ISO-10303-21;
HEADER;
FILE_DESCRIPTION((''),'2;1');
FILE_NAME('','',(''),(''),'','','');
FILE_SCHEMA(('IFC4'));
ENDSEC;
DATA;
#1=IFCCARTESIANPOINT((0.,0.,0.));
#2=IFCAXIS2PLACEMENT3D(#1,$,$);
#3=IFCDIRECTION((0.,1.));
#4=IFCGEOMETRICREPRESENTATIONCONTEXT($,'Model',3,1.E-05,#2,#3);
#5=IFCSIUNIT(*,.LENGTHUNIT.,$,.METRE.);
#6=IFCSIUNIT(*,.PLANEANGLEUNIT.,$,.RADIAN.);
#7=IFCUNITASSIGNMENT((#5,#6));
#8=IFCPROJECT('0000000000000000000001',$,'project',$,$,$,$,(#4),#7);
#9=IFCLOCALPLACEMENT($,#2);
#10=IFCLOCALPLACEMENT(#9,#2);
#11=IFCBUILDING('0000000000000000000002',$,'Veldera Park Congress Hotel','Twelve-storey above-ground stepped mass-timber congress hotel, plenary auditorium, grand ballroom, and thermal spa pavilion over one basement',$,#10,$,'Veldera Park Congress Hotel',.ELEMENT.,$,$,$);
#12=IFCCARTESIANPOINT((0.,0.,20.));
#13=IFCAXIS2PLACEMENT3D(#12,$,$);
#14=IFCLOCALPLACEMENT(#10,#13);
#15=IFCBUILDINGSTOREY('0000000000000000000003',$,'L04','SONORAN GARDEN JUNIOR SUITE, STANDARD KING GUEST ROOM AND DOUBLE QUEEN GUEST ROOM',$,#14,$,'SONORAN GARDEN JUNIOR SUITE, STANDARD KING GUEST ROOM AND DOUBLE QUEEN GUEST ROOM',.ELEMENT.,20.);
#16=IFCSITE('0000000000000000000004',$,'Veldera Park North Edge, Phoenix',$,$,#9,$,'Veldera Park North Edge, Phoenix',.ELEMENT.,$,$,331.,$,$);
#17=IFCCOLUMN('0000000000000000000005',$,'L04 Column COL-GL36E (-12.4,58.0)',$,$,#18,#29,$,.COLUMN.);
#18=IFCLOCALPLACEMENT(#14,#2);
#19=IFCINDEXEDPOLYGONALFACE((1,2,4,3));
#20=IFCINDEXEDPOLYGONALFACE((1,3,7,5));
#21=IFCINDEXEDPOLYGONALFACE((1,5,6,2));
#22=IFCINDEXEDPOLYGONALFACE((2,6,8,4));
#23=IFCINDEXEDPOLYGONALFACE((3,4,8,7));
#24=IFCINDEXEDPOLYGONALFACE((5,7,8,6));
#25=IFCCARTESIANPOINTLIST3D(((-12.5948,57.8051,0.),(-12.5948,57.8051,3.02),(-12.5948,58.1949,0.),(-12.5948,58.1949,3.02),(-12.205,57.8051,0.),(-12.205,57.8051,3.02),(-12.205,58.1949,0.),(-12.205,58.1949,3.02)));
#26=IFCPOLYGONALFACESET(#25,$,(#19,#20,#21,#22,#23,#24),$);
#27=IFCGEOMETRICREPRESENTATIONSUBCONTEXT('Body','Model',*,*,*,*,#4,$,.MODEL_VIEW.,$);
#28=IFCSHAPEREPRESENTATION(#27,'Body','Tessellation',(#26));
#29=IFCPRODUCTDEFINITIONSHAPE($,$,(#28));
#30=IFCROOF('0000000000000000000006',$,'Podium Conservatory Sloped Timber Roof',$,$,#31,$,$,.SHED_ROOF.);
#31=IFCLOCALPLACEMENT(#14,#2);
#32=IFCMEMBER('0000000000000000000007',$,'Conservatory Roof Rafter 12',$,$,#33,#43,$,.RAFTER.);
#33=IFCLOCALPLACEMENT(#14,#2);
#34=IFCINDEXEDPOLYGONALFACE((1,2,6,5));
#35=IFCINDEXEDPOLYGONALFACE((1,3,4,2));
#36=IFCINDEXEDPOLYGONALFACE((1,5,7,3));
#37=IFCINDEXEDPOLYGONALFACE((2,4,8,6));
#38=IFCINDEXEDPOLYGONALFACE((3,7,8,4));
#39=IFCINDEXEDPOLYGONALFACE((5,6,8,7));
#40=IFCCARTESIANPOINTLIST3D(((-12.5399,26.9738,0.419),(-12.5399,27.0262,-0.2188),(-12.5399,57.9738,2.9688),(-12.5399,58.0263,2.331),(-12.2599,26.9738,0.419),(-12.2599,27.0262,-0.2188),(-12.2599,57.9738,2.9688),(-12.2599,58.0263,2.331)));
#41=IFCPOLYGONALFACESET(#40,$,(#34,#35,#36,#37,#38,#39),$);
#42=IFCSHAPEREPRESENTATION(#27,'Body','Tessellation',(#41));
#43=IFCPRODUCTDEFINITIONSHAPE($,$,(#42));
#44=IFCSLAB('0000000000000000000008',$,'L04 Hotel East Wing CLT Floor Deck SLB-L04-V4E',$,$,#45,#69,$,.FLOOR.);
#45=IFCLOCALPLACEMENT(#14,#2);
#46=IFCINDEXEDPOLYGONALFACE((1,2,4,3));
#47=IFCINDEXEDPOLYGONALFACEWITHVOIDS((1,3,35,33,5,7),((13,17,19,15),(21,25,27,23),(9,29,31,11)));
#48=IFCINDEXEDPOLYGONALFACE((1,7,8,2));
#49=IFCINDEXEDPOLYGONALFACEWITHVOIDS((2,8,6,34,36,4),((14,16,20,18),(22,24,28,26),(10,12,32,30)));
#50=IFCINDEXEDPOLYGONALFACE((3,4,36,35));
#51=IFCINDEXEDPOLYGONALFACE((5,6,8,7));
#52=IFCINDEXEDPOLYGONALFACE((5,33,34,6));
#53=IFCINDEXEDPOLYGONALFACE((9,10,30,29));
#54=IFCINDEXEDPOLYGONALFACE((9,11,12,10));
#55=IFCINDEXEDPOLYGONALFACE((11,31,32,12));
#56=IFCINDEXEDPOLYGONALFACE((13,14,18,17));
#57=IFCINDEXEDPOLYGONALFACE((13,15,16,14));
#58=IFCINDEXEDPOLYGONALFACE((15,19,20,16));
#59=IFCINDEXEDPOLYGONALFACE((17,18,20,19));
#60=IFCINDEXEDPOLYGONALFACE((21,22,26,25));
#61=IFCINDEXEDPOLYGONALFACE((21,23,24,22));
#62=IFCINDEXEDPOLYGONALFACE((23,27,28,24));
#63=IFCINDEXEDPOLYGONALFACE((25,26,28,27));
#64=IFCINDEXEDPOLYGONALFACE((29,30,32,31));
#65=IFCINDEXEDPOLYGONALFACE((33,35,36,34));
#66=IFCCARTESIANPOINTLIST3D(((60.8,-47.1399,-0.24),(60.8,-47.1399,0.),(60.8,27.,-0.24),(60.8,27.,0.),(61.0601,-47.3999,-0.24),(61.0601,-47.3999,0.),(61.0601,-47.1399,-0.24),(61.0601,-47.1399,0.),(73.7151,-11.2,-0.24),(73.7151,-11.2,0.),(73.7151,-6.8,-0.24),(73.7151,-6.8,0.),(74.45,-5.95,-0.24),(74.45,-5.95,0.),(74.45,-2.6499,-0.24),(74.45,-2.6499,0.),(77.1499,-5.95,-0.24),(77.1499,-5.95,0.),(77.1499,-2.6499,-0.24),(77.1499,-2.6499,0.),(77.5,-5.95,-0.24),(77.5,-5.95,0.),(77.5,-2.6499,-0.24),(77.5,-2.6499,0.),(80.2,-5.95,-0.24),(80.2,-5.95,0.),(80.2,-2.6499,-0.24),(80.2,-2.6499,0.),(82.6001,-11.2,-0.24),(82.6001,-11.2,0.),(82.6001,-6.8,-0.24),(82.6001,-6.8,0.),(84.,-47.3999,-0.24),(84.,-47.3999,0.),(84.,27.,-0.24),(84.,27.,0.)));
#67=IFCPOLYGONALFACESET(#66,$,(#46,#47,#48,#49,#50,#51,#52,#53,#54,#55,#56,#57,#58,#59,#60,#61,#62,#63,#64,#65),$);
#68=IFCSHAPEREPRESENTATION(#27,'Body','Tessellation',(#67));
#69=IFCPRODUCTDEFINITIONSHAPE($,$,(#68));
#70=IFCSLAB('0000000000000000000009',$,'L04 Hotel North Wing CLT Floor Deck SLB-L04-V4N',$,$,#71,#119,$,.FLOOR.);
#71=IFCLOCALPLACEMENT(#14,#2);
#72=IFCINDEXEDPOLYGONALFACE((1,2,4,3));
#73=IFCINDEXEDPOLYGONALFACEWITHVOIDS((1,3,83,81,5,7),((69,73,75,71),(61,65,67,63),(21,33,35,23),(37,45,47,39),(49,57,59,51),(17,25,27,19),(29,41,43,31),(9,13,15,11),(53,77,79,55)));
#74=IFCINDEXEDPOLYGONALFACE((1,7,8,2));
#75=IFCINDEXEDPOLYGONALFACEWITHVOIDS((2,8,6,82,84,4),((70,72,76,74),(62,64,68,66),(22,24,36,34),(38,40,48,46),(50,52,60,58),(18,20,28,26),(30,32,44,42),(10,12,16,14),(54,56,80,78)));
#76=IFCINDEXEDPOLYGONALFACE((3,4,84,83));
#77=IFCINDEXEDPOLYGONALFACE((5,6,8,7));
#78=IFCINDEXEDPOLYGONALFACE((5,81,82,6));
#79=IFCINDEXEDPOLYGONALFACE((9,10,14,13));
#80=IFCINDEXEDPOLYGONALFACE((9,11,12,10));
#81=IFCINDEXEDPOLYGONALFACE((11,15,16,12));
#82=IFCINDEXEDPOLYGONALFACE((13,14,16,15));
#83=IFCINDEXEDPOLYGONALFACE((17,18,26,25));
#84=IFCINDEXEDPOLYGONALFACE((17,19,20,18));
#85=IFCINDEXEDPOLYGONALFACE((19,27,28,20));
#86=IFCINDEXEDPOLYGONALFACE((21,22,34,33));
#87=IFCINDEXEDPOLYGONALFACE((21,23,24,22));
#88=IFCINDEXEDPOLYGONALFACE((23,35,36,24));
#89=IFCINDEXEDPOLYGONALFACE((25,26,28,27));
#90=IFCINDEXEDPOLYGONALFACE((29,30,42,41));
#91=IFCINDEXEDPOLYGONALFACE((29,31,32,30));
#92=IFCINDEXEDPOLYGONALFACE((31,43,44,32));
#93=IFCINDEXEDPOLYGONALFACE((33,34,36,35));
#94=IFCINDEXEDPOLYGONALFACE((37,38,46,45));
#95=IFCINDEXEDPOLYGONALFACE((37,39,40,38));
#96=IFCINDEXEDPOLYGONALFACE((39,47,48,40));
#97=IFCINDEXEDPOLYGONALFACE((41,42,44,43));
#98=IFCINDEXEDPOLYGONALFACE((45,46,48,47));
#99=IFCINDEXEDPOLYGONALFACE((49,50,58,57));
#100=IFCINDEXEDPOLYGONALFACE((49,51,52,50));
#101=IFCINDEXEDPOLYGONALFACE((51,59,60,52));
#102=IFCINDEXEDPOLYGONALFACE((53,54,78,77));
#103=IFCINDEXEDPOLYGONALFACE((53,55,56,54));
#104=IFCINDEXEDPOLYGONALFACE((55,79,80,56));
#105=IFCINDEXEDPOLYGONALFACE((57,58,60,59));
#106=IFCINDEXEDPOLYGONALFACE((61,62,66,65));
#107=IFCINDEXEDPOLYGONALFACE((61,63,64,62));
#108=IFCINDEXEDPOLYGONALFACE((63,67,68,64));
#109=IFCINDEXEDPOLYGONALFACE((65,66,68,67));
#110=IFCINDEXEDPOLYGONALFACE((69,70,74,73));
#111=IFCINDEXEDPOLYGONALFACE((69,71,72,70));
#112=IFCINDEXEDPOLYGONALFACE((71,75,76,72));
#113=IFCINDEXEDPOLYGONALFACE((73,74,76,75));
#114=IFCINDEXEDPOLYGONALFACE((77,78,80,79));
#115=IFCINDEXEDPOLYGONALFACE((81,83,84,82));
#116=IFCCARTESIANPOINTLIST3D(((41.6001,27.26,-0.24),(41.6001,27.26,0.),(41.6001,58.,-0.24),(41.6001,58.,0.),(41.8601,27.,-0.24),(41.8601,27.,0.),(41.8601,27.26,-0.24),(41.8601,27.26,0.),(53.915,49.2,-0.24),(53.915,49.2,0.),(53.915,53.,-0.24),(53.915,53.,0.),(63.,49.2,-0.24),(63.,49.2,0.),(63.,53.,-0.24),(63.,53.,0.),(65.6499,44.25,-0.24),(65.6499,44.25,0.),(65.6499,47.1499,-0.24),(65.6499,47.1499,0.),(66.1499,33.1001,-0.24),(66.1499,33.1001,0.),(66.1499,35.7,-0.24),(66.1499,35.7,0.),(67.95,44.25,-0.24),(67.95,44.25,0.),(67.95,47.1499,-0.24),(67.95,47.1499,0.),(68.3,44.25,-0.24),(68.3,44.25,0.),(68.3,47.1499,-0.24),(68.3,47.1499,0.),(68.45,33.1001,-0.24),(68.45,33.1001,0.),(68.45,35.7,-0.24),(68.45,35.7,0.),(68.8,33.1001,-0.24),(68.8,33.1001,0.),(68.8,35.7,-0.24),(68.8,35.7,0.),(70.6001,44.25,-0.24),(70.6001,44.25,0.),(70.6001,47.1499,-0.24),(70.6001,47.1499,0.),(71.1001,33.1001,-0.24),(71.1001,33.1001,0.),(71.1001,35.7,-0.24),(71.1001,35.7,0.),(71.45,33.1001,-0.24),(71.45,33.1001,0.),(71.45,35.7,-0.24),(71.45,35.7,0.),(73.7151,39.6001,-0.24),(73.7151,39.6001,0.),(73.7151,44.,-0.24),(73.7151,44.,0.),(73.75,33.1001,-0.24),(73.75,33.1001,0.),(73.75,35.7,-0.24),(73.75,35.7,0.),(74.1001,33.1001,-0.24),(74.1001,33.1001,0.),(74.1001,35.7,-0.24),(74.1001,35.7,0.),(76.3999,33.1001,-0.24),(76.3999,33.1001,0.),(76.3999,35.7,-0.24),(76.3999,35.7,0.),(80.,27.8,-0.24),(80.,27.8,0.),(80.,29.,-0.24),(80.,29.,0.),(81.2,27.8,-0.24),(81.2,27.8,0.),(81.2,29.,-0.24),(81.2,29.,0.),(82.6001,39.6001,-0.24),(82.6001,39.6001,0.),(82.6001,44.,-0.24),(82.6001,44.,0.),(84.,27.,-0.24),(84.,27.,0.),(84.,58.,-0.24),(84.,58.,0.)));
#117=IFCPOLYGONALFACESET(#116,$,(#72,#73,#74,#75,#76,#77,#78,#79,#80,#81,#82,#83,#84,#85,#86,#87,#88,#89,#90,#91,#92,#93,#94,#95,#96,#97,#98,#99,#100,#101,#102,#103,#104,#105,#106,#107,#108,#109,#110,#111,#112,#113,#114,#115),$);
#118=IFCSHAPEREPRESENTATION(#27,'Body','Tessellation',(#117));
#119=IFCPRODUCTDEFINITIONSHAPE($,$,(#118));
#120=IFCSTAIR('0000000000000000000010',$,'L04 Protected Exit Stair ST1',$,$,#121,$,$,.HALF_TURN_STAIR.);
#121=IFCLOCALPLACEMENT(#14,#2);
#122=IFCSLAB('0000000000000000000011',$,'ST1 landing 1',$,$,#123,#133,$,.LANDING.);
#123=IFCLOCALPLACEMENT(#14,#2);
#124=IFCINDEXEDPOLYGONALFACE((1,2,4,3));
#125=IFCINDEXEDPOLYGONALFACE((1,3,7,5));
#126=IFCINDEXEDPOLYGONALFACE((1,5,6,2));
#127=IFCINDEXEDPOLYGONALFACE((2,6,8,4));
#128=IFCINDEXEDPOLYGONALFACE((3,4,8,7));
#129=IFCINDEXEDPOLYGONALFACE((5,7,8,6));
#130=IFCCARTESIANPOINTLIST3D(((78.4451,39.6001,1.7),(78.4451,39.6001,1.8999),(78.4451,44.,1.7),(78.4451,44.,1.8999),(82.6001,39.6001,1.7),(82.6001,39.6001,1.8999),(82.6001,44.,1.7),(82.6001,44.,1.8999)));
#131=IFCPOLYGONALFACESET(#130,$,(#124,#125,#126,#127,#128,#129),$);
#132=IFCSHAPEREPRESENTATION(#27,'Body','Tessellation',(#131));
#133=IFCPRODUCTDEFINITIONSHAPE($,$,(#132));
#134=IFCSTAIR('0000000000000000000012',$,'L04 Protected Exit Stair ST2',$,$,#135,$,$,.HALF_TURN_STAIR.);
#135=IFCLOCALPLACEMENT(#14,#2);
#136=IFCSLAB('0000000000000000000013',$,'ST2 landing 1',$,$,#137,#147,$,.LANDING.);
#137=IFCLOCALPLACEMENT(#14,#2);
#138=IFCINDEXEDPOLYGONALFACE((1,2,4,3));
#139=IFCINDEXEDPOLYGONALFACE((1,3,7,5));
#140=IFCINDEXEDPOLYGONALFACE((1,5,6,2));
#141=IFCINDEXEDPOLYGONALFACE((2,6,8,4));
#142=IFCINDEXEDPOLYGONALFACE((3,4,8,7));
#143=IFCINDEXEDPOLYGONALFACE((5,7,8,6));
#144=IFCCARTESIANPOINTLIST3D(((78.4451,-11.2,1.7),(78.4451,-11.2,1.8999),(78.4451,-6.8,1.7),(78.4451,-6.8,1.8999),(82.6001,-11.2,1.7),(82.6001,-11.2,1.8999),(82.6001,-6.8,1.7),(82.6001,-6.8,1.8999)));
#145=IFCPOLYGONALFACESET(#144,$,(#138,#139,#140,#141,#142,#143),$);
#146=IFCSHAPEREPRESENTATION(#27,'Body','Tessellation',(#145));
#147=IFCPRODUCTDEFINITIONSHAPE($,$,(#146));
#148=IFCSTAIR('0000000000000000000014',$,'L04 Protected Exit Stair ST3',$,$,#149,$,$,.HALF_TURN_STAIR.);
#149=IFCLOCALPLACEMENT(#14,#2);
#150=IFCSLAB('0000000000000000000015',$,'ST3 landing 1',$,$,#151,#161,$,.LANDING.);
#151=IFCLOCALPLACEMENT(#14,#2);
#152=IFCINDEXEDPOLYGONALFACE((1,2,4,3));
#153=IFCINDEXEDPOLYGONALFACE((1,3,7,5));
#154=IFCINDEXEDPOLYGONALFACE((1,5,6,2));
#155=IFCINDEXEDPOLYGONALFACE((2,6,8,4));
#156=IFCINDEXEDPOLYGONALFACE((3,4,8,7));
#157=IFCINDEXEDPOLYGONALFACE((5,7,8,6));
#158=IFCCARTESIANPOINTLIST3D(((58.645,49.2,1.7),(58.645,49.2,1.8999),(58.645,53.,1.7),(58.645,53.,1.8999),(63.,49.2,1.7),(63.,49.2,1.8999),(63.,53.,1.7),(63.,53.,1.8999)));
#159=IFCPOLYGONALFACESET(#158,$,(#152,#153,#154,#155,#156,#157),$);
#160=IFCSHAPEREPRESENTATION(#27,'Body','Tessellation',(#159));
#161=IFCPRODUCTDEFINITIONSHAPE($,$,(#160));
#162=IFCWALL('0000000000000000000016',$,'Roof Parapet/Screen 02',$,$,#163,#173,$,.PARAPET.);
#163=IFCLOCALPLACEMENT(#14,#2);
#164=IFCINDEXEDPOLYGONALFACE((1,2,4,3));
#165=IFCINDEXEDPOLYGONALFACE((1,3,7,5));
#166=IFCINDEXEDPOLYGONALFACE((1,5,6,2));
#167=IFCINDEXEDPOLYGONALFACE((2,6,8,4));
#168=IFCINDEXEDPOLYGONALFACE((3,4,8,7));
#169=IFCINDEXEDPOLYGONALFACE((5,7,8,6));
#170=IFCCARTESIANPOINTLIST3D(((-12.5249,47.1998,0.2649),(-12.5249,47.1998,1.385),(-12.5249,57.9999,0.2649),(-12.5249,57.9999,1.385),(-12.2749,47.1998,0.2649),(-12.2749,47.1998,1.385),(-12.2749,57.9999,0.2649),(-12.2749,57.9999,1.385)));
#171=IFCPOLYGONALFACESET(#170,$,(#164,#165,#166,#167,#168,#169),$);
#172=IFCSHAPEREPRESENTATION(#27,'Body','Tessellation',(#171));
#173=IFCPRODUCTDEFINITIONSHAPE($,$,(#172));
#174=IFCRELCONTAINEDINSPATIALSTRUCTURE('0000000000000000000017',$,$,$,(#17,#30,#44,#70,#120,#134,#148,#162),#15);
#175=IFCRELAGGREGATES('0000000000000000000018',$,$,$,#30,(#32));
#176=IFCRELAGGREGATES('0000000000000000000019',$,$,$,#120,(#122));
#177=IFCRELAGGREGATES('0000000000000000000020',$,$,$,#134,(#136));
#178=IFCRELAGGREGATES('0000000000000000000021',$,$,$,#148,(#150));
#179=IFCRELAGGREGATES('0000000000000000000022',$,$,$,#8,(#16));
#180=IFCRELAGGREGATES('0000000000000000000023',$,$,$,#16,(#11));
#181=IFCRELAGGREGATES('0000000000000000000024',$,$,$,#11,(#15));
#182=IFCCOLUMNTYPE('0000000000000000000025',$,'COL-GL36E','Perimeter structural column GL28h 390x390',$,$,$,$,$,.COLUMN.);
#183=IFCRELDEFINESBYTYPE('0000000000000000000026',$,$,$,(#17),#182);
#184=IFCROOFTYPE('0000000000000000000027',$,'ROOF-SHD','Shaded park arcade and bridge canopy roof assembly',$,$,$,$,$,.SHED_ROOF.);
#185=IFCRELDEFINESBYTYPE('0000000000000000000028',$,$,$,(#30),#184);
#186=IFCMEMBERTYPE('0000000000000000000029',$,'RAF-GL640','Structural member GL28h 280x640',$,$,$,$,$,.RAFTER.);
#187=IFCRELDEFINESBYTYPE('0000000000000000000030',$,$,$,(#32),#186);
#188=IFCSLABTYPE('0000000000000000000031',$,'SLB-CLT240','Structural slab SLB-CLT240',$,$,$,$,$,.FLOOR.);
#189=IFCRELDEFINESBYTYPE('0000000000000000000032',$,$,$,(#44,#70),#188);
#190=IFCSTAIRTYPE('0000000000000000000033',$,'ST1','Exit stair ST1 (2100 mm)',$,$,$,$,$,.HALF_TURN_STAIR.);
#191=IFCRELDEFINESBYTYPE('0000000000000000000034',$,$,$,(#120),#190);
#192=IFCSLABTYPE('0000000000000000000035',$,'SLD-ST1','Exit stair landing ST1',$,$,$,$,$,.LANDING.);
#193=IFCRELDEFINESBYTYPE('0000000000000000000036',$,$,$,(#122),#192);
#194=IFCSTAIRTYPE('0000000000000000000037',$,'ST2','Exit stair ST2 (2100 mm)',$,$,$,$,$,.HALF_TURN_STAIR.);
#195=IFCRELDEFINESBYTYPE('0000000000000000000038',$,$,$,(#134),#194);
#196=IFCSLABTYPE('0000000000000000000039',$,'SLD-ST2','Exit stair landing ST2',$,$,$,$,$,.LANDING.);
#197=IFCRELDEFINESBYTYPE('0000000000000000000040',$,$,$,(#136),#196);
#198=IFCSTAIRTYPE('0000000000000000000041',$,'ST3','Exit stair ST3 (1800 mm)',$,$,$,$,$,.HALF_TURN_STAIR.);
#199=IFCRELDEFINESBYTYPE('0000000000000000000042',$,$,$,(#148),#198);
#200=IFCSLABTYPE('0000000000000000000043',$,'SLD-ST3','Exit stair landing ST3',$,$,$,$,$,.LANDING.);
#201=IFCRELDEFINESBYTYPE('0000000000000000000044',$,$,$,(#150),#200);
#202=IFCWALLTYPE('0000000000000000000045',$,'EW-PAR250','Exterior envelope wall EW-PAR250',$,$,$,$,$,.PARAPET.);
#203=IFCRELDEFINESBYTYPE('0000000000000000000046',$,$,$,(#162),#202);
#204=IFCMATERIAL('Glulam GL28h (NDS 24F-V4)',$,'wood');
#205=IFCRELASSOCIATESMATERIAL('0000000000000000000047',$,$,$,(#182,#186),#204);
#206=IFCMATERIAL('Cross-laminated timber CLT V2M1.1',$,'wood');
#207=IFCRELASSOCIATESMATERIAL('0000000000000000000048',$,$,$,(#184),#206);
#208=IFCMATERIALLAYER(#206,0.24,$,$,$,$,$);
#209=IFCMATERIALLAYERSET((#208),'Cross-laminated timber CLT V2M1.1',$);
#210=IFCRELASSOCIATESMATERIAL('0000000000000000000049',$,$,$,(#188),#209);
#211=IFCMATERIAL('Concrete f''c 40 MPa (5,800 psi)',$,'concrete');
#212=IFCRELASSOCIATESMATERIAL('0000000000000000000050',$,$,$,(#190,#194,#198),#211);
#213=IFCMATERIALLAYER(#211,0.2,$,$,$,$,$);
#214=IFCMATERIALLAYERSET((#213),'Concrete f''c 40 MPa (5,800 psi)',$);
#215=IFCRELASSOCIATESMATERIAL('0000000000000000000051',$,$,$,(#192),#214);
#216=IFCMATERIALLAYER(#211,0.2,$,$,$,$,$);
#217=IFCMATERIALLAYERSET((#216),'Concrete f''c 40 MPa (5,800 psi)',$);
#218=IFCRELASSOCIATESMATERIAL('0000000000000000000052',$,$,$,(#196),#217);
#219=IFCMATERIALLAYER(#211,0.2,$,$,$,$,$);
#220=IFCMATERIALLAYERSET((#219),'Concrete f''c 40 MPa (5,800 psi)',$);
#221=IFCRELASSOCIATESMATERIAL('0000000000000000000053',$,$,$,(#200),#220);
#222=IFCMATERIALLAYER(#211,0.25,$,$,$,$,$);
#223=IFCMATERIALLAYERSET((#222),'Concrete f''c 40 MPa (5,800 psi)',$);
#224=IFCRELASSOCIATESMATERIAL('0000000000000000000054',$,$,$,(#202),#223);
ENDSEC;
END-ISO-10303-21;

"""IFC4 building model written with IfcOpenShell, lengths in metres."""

from ifc_helpers import new_model, si_unit, direction, frame, frame_2d, origin, origin_2d, place, context, subcontext, project, spatial, polyline, rectangle, outline, extrude, material, layer, layer_set, material_profile, profile_set, type_object, element, aggregate, save


model = new_model("IFC4")

# Units and contexts
model_context = context("Model", 3, precision=1e-05, world=origin(), true_north=direction((0.0, 1.0)))
body_context = subcontext(model_context, "Body", "Model", "MODEL_VIEW")
ifc_project = project(units=[si_unit("LENGTHUNIT", "METRE"), si_unit("PLANEANGLEUNIT", "RADIAN")], contexts=[model_context])

# Site, building, storey
site_placement = place(None, origin())
site = spatial("IfcSite", under=ifc_project, at=site_placement, Name="Veldera Park North Edge, Phoenix", LongName="Veldera Park North Edge, Phoenix", CompositionType="ELEMENT", RefElevation=331.0)
building_placement = place(site_placement, origin())
building = spatial("IfcBuilding", under=site, at=building_placement, Name="Veldera Park Congress Hotel", Description="Twelve-storey above-ground stepped mass-timber congress hotel, plenary auditorium, grand ballroom, and thermal spa pavilion over one basement", LongName="Veldera Park Congress Hotel", CompositionType="ELEMENT")
storey_placement = place(building_placement, frame((0.0, 0.0, 20.0)))
storey = spatial("IfcBuildingStorey", under=building, at=storey_placement, Name="L04", Description="SONORAN GARDEN JUNIOR SUITE, STANDARD KING GUEST ROOM AND DOUBLE QUEEN GUEST ROOM", LongName="SONORAN GARDEN JUNIOR SUITE, STANDARD KING GUEST ROOM AND DOUBLE QUEEN GUEST ROOM", CompositionType="ELEMENT", Elevation=20.0)

# Column
ifc_material_1 = material(Name="Glulam GL28h (NDS 24F-V4)", Category="wood")
ifc_material_profile_1 = material_profile(ifc_material_1, rectangle(XDim=0.3899, YDim=0.3899, at=origin_2d()), Name="GL28h 390x390")
ifc_profile_set_1 = profile_set([ifc_material_profile_1], Name="Glulam GL28h (NDS 24F-V4)")
column_type = type_object("IfcColumnType", Name="COL-GL36E", Description="Perimeter structural column GL28h 390x390", PredefinedType="COLUMN", material=ifc_profile_set_1)
column_placement = place(storey_placement, frame((-12.3999, 58.0, 0.0), z_axis=(0.0, 0.0, 1.0), x_axis=(1.0, 0.0, 0.0)))
element("IfcColumn", 1, at=column_placement, inside=storey, type_object=column_type, Name="L04 Column COL-GL36E (-12.4,58.0)", PredefinedType="COLUMN", context=body_context, shape_type="SweptSolid", body=[
    extrude(rectangle(XDim=0.3899, YDim=0.3899, at=origin_2d()), origin(), (0.0, 0.0, 1.0), 3.02),
])

# Roof, member
ifc_material_2 = material(Name="Cross-laminated timber CLT V2M1.1", Category="wood")
roof_type = type_object("IfcRoofType", Name="ROOF-SHD", Description="Shaded park arcade and bridge canopy roof assembly", PredefinedType="SHED_ROOF", material=ifc_material_2)
roof_placement = place(storey_placement, origin())
roof = element("IfcRoof", 2, at=roof_placement, inside=storey, type_object=roof_type, Name="Podium Conservatory Sloped Timber Roof", PredefinedType="SHED_ROOF")
ifc_material_profile_2 = material_profile(ifc_material_1, rectangle(XDim=0.28, YDim=0.6399, at=origin_2d()), Name="GL28h 280x640")
ifc_profile_set_2 = profile_set([ifc_material_profile_2], Name="Glulam GL28h (NDS 24F-V4)")
member_type = type_object("IfcMemberType", Name="RAF-GL640", Description="Structural member GL28h 280x640", PredefinedType="RAFTER", material=ifc_profile_set_2)
member_placement = place(storey_placement, frame((-12.3999, 27.0, 0.1001), z_axis=(0.0, 0.996634, 0.081975), x_axis=(-1.0, 0.0, 0.0)))
member = element("IfcMember", 3, at=member_placement, type_object=member_type, Name="Conservatory Roof Rafter 12", PredefinedType="RAFTER", context=body_context, shape_type="SweptSolid", body=[
    extrude(rectangle(XDim=0.28, YDim=0.6399, at=origin_2d()), origin(), (0.0, 0.0, 1.0), 31.1047),
])
aggregate(roof, [member])

# Shared definitions
ifc_material_3 = material(Name="Concrete f'c 40 MPa (5,800 psi)", Category="concrete")

# Slabs
ifc_layer_1 = layer(ifc_material_2, 0.24)
ifc_layer_set_1 = layer_set([ifc_layer_1], Name="Cross-laminated timber CLT V2M1.1")
slab_type_1 = type_object("IfcSlabType", Name="SLB-CLT240", Description="Structural slab SLB-CLT240", PredefinedType="FLOOR", material=ifc_layer_set_1)
slab_1_placement = place(storey_placement, frame((0.0, 0.0, -0.24)))
element("IfcSlab", 4, at=slab_1_placement, inside=storey, type_object=slab_type_1, Name="L04 Hotel East Wing CLT Floor Deck SLB-L04-V4E", PredefinedType="FLOOR", context=body_context, shape_type="SweptSolid", body=[
    extrude(outline(polyline([(60.8, -47.1399), (61.0601, -47.1399), (61.0601, -47.3999), (84.0, -47.3999), (84.0, 27.0), (60.8, 27.0), (60.8, -47.1399)]), holes=[polyline([(73.7151, -11.2), (82.6001, -11.2), (82.6001, -6.8), (73.7151, -6.8), (73.7151, -11.2)]), polyline([(74.45, -5.95), (77.1499, -5.95), (77.1499, -2.6499), (74.45, -2.6499), (74.45, -5.95)]), polyline([(77.5, -5.95), (80.2, -5.95), (80.2, -2.6499), (77.5, -2.6499), (77.5, -5.95)])]), origin(), (0.0, 0.0, 1.0), 0.24),
])
slab_2_placement = place(storey_placement, frame((0.0, 0.0, -0.24)))
element("IfcSlab", 5, at=slab_2_placement, inside=storey, type_object=slab_type_1, Name="L04 Hotel North Wing CLT Floor Deck SLB-L04-V4N", PredefinedType="FLOOR", context=body_context, shape_type="SweptSolid", body=[
    extrude(outline(polyline([(41.6001, 27.26), (41.8601, 27.26), (41.8601, 27.0), (84.0, 27.0), (84.0, 58.0), (41.6001, 58.0), (41.6001, 27.26)]), holes=[polyline([(73.7151, 39.6001), (82.6001, 39.6001), (82.6001, 44.0), (73.7151, 44.0), (73.7151, 39.6001)]), polyline([(53.915, 49.2), (63.0, 49.2), (63.0, 53.0), (53.915, 53.0), (53.915, 49.2)]), polyline([(65.6499, 44.25), (67.95, 44.25), (67.95, 47.1499), (65.6499, 47.1499), (65.6499, 44.25)]), polyline([(68.3, 44.25), (70.6001, 44.25), (70.6001, 47.1499), (68.3, 47.1499), (68.3, 44.25)]), polyline([(66.1499, 33.1001), (68.45, 33.1001), (68.45, 35.7), (66.1499, 35.7), (66.1499, 33.1001)]), polyline([(68.8, 33.1001), (71.1001, 33.1001), (71.1001, 35.7), (68.8, 35.7), (68.8, 33.1001)]), polyline([(71.45, 33.1001), (73.75, 33.1001), (73.75, 35.7), (71.45, 35.7), (71.45, 33.1001)]), polyline([(74.1001, 33.1001), (76.3999, 33.1001), (76.3999, 35.7), (74.1001, 35.7), (74.1001, 33.1001)]), polyline([(80.0, 27.8), (81.2, 27.8), (81.2, 29.0), (80.0, 29.0), (80.0, 27.8)])]), origin(), (0.0, 0.0, 1.0), 0.24),
])

# Stairs, slabs
stair_type_1 = type_object("IfcStairType", Name="ST1", Description="Exit stair ST1 (2100 mm)", PredefinedType="HALF_TURN_STAIR", material=ifc_material_3)
stair_1_placement = place(storey_placement, origin())
stair_1 = element("IfcStair", 6, at=stair_1_placement, inside=storey, type_object=stair_type_1, Name="L04 Protected Exit Stair ST1", PredefinedType="HALF_TURN_STAIR")
ifc_layer_2 = layer(ifc_material_3, 0.2)
ifc_layer_set_2 = layer_set([ifc_layer_2], Name="Concrete f'c 40 MPa (5,800 psi)")
slab_type_2 = type_object("IfcSlabType", Name="SLD-ST1", Description="Exit stair landing ST1", PredefinedType="LANDING", material=ifc_layer_set_2)
slab_3_placement = place(storey_placement, frame((0.0, 0.0, 1.7)))
slab_3 = element("IfcSlab", 7, at=slab_3_placement, type_object=slab_type_2, Name="ST1 landing 1", PredefinedType="LANDING", context=body_context, shape_type="SweptSolid", body=[
    extrude(outline(polyline([(78.4451, 39.6001), (82.6001, 39.6001), (82.6001, 44.0), (78.4451, 44.0), (78.4451, 39.6001)])), origin(), (0.0, 0.0, 1.0), 0.2),
])
aggregate(stair_1, [slab_3])
stair_type_2 = type_object("IfcStairType", Name="ST2", Description="Exit stair ST2 (2100 mm)", PredefinedType="HALF_TURN_STAIR", material=ifc_material_3)
stair_2_placement = place(storey_placement, origin())
stair_2 = element("IfcStair", 8, at=stair_2_placement, inside=storey, type_object=stair_type_2, Name="L04 Protected Exit Stair ST2", PredefinedType="HALF_TURN_STAIR")
ifc_layer_3 = layer(ifc_material_3, 0.2)
ifc_layer_set_3 = layer_set([ifc_layer_3], Name="Concrete f'c 40 MPa (5,800 psi)")
slab_type_3 = type_object("IfcSlabType", Name="SLD-ST2", Description="Exit stair landing ST2", PredefinedType="LANDING", material=ifc_layer_set_3)
slab_4_placement = place(storey_placement, frame((0.0, 0.0, 1.7)))
slab_4 = element("IfcSlab", 9, at=slab_4_placement, type_object=slab_type_3, Name="ST2 landing 1", PredefinedType="LANDING", context=body_context, shape_type="SweptSolid", body=[
    extrude(outline(polyline([(78.4451, -11.2), (82.6001, -11.2), (82.6001, -6.8), (78.4451, -6.8), (78.4451, -11.2)])), origin(), (0.0, 0.0, 1.0), 0.2),
])
aggregate(stair_2, [slab_4])
stair_type_3 = type_object("IfcStairType", Name="ST3", Description="Exit stair ST3 (1800 mm)", PredefinedType="HALF_TURN_STAIR", material=ifc_material_3)
stair_3_placement = place(storey_placement, origin())
stair_3 = element("IfcStair", 10, at=stair_3_placement, inside=storey, type_object=stair_type_3, Name="L04 Protected Exit Stair ST3", PredefinedType="HALF_TURN_STAIR")
ifc_layer_4 = layer(ifc_material_3, 0.2)
ifc_layer_set_4 = layer_set([ifc_layer_4], Name="Concrete f'c 40 MPa (5,800 psi)")
slab_type_4 = type_object("IfcSlabType", Name="SLD-ST3", Description="Exit stair landing ST3", PredefinedType="LANDING", material=ifc_layer_set_4)
slab_5_placement = place(storey_placement, frame((0.0, 0.0, 1.7)))
slab_5 = element("IfcSlab", 11, at=slab_5_placement, type_object=slab_type_4, Name="ST3 landing 1", PredefinedType="LANDING", context=body_context, shape_type="SweptSolid", body=[
    extrude(outline(polyline([(58.645, 49.2), (63.0, 49.2), (63.0, 53.0), (58.645, 53.0), (58.645, 49.2)])), origin(), (0.0, 0.0, 1.0), 0.2),
])
aggregate(stair_3, [slab_5])

# Wall
ifc_layer_5 = layer(ifc_material_3, 0.25)
ifc_layer_set_5 = layer_set([ifc_layer_5], Name="Concrete f'c 40 MPa (5,800 psi)")
wall_type_1 = type_object("IfcWallType", Name="EW-PAR250", Description="Exterior envelope wall EW-PAR250", PredefinedType="PARAPET", material=ifc_layer_set_5)
wall_1_placement = place(storey_placement, frame((-12.3999, 47.2, 0.2649), z_axis=(0.0, 0.0, 1.0), x_axis=(0.0, 1.0, 0.0)))
element("IfcWall", 12, at=wall_1_placement, inside=storey, type_object=wall_type_1, Name="Roof Parapet/Screen 02", PredefinedType="PARAPET", context=body_context, shape_type="SweptSolid", body=[
    extrude(rectangle(XDim=10.8, YDim=0.25, at=frame_2d((5.3999, 0.0))), origin(), (0.0, 0.0, 1.0), 1.1201),
])

save(model, "model.ifc")
